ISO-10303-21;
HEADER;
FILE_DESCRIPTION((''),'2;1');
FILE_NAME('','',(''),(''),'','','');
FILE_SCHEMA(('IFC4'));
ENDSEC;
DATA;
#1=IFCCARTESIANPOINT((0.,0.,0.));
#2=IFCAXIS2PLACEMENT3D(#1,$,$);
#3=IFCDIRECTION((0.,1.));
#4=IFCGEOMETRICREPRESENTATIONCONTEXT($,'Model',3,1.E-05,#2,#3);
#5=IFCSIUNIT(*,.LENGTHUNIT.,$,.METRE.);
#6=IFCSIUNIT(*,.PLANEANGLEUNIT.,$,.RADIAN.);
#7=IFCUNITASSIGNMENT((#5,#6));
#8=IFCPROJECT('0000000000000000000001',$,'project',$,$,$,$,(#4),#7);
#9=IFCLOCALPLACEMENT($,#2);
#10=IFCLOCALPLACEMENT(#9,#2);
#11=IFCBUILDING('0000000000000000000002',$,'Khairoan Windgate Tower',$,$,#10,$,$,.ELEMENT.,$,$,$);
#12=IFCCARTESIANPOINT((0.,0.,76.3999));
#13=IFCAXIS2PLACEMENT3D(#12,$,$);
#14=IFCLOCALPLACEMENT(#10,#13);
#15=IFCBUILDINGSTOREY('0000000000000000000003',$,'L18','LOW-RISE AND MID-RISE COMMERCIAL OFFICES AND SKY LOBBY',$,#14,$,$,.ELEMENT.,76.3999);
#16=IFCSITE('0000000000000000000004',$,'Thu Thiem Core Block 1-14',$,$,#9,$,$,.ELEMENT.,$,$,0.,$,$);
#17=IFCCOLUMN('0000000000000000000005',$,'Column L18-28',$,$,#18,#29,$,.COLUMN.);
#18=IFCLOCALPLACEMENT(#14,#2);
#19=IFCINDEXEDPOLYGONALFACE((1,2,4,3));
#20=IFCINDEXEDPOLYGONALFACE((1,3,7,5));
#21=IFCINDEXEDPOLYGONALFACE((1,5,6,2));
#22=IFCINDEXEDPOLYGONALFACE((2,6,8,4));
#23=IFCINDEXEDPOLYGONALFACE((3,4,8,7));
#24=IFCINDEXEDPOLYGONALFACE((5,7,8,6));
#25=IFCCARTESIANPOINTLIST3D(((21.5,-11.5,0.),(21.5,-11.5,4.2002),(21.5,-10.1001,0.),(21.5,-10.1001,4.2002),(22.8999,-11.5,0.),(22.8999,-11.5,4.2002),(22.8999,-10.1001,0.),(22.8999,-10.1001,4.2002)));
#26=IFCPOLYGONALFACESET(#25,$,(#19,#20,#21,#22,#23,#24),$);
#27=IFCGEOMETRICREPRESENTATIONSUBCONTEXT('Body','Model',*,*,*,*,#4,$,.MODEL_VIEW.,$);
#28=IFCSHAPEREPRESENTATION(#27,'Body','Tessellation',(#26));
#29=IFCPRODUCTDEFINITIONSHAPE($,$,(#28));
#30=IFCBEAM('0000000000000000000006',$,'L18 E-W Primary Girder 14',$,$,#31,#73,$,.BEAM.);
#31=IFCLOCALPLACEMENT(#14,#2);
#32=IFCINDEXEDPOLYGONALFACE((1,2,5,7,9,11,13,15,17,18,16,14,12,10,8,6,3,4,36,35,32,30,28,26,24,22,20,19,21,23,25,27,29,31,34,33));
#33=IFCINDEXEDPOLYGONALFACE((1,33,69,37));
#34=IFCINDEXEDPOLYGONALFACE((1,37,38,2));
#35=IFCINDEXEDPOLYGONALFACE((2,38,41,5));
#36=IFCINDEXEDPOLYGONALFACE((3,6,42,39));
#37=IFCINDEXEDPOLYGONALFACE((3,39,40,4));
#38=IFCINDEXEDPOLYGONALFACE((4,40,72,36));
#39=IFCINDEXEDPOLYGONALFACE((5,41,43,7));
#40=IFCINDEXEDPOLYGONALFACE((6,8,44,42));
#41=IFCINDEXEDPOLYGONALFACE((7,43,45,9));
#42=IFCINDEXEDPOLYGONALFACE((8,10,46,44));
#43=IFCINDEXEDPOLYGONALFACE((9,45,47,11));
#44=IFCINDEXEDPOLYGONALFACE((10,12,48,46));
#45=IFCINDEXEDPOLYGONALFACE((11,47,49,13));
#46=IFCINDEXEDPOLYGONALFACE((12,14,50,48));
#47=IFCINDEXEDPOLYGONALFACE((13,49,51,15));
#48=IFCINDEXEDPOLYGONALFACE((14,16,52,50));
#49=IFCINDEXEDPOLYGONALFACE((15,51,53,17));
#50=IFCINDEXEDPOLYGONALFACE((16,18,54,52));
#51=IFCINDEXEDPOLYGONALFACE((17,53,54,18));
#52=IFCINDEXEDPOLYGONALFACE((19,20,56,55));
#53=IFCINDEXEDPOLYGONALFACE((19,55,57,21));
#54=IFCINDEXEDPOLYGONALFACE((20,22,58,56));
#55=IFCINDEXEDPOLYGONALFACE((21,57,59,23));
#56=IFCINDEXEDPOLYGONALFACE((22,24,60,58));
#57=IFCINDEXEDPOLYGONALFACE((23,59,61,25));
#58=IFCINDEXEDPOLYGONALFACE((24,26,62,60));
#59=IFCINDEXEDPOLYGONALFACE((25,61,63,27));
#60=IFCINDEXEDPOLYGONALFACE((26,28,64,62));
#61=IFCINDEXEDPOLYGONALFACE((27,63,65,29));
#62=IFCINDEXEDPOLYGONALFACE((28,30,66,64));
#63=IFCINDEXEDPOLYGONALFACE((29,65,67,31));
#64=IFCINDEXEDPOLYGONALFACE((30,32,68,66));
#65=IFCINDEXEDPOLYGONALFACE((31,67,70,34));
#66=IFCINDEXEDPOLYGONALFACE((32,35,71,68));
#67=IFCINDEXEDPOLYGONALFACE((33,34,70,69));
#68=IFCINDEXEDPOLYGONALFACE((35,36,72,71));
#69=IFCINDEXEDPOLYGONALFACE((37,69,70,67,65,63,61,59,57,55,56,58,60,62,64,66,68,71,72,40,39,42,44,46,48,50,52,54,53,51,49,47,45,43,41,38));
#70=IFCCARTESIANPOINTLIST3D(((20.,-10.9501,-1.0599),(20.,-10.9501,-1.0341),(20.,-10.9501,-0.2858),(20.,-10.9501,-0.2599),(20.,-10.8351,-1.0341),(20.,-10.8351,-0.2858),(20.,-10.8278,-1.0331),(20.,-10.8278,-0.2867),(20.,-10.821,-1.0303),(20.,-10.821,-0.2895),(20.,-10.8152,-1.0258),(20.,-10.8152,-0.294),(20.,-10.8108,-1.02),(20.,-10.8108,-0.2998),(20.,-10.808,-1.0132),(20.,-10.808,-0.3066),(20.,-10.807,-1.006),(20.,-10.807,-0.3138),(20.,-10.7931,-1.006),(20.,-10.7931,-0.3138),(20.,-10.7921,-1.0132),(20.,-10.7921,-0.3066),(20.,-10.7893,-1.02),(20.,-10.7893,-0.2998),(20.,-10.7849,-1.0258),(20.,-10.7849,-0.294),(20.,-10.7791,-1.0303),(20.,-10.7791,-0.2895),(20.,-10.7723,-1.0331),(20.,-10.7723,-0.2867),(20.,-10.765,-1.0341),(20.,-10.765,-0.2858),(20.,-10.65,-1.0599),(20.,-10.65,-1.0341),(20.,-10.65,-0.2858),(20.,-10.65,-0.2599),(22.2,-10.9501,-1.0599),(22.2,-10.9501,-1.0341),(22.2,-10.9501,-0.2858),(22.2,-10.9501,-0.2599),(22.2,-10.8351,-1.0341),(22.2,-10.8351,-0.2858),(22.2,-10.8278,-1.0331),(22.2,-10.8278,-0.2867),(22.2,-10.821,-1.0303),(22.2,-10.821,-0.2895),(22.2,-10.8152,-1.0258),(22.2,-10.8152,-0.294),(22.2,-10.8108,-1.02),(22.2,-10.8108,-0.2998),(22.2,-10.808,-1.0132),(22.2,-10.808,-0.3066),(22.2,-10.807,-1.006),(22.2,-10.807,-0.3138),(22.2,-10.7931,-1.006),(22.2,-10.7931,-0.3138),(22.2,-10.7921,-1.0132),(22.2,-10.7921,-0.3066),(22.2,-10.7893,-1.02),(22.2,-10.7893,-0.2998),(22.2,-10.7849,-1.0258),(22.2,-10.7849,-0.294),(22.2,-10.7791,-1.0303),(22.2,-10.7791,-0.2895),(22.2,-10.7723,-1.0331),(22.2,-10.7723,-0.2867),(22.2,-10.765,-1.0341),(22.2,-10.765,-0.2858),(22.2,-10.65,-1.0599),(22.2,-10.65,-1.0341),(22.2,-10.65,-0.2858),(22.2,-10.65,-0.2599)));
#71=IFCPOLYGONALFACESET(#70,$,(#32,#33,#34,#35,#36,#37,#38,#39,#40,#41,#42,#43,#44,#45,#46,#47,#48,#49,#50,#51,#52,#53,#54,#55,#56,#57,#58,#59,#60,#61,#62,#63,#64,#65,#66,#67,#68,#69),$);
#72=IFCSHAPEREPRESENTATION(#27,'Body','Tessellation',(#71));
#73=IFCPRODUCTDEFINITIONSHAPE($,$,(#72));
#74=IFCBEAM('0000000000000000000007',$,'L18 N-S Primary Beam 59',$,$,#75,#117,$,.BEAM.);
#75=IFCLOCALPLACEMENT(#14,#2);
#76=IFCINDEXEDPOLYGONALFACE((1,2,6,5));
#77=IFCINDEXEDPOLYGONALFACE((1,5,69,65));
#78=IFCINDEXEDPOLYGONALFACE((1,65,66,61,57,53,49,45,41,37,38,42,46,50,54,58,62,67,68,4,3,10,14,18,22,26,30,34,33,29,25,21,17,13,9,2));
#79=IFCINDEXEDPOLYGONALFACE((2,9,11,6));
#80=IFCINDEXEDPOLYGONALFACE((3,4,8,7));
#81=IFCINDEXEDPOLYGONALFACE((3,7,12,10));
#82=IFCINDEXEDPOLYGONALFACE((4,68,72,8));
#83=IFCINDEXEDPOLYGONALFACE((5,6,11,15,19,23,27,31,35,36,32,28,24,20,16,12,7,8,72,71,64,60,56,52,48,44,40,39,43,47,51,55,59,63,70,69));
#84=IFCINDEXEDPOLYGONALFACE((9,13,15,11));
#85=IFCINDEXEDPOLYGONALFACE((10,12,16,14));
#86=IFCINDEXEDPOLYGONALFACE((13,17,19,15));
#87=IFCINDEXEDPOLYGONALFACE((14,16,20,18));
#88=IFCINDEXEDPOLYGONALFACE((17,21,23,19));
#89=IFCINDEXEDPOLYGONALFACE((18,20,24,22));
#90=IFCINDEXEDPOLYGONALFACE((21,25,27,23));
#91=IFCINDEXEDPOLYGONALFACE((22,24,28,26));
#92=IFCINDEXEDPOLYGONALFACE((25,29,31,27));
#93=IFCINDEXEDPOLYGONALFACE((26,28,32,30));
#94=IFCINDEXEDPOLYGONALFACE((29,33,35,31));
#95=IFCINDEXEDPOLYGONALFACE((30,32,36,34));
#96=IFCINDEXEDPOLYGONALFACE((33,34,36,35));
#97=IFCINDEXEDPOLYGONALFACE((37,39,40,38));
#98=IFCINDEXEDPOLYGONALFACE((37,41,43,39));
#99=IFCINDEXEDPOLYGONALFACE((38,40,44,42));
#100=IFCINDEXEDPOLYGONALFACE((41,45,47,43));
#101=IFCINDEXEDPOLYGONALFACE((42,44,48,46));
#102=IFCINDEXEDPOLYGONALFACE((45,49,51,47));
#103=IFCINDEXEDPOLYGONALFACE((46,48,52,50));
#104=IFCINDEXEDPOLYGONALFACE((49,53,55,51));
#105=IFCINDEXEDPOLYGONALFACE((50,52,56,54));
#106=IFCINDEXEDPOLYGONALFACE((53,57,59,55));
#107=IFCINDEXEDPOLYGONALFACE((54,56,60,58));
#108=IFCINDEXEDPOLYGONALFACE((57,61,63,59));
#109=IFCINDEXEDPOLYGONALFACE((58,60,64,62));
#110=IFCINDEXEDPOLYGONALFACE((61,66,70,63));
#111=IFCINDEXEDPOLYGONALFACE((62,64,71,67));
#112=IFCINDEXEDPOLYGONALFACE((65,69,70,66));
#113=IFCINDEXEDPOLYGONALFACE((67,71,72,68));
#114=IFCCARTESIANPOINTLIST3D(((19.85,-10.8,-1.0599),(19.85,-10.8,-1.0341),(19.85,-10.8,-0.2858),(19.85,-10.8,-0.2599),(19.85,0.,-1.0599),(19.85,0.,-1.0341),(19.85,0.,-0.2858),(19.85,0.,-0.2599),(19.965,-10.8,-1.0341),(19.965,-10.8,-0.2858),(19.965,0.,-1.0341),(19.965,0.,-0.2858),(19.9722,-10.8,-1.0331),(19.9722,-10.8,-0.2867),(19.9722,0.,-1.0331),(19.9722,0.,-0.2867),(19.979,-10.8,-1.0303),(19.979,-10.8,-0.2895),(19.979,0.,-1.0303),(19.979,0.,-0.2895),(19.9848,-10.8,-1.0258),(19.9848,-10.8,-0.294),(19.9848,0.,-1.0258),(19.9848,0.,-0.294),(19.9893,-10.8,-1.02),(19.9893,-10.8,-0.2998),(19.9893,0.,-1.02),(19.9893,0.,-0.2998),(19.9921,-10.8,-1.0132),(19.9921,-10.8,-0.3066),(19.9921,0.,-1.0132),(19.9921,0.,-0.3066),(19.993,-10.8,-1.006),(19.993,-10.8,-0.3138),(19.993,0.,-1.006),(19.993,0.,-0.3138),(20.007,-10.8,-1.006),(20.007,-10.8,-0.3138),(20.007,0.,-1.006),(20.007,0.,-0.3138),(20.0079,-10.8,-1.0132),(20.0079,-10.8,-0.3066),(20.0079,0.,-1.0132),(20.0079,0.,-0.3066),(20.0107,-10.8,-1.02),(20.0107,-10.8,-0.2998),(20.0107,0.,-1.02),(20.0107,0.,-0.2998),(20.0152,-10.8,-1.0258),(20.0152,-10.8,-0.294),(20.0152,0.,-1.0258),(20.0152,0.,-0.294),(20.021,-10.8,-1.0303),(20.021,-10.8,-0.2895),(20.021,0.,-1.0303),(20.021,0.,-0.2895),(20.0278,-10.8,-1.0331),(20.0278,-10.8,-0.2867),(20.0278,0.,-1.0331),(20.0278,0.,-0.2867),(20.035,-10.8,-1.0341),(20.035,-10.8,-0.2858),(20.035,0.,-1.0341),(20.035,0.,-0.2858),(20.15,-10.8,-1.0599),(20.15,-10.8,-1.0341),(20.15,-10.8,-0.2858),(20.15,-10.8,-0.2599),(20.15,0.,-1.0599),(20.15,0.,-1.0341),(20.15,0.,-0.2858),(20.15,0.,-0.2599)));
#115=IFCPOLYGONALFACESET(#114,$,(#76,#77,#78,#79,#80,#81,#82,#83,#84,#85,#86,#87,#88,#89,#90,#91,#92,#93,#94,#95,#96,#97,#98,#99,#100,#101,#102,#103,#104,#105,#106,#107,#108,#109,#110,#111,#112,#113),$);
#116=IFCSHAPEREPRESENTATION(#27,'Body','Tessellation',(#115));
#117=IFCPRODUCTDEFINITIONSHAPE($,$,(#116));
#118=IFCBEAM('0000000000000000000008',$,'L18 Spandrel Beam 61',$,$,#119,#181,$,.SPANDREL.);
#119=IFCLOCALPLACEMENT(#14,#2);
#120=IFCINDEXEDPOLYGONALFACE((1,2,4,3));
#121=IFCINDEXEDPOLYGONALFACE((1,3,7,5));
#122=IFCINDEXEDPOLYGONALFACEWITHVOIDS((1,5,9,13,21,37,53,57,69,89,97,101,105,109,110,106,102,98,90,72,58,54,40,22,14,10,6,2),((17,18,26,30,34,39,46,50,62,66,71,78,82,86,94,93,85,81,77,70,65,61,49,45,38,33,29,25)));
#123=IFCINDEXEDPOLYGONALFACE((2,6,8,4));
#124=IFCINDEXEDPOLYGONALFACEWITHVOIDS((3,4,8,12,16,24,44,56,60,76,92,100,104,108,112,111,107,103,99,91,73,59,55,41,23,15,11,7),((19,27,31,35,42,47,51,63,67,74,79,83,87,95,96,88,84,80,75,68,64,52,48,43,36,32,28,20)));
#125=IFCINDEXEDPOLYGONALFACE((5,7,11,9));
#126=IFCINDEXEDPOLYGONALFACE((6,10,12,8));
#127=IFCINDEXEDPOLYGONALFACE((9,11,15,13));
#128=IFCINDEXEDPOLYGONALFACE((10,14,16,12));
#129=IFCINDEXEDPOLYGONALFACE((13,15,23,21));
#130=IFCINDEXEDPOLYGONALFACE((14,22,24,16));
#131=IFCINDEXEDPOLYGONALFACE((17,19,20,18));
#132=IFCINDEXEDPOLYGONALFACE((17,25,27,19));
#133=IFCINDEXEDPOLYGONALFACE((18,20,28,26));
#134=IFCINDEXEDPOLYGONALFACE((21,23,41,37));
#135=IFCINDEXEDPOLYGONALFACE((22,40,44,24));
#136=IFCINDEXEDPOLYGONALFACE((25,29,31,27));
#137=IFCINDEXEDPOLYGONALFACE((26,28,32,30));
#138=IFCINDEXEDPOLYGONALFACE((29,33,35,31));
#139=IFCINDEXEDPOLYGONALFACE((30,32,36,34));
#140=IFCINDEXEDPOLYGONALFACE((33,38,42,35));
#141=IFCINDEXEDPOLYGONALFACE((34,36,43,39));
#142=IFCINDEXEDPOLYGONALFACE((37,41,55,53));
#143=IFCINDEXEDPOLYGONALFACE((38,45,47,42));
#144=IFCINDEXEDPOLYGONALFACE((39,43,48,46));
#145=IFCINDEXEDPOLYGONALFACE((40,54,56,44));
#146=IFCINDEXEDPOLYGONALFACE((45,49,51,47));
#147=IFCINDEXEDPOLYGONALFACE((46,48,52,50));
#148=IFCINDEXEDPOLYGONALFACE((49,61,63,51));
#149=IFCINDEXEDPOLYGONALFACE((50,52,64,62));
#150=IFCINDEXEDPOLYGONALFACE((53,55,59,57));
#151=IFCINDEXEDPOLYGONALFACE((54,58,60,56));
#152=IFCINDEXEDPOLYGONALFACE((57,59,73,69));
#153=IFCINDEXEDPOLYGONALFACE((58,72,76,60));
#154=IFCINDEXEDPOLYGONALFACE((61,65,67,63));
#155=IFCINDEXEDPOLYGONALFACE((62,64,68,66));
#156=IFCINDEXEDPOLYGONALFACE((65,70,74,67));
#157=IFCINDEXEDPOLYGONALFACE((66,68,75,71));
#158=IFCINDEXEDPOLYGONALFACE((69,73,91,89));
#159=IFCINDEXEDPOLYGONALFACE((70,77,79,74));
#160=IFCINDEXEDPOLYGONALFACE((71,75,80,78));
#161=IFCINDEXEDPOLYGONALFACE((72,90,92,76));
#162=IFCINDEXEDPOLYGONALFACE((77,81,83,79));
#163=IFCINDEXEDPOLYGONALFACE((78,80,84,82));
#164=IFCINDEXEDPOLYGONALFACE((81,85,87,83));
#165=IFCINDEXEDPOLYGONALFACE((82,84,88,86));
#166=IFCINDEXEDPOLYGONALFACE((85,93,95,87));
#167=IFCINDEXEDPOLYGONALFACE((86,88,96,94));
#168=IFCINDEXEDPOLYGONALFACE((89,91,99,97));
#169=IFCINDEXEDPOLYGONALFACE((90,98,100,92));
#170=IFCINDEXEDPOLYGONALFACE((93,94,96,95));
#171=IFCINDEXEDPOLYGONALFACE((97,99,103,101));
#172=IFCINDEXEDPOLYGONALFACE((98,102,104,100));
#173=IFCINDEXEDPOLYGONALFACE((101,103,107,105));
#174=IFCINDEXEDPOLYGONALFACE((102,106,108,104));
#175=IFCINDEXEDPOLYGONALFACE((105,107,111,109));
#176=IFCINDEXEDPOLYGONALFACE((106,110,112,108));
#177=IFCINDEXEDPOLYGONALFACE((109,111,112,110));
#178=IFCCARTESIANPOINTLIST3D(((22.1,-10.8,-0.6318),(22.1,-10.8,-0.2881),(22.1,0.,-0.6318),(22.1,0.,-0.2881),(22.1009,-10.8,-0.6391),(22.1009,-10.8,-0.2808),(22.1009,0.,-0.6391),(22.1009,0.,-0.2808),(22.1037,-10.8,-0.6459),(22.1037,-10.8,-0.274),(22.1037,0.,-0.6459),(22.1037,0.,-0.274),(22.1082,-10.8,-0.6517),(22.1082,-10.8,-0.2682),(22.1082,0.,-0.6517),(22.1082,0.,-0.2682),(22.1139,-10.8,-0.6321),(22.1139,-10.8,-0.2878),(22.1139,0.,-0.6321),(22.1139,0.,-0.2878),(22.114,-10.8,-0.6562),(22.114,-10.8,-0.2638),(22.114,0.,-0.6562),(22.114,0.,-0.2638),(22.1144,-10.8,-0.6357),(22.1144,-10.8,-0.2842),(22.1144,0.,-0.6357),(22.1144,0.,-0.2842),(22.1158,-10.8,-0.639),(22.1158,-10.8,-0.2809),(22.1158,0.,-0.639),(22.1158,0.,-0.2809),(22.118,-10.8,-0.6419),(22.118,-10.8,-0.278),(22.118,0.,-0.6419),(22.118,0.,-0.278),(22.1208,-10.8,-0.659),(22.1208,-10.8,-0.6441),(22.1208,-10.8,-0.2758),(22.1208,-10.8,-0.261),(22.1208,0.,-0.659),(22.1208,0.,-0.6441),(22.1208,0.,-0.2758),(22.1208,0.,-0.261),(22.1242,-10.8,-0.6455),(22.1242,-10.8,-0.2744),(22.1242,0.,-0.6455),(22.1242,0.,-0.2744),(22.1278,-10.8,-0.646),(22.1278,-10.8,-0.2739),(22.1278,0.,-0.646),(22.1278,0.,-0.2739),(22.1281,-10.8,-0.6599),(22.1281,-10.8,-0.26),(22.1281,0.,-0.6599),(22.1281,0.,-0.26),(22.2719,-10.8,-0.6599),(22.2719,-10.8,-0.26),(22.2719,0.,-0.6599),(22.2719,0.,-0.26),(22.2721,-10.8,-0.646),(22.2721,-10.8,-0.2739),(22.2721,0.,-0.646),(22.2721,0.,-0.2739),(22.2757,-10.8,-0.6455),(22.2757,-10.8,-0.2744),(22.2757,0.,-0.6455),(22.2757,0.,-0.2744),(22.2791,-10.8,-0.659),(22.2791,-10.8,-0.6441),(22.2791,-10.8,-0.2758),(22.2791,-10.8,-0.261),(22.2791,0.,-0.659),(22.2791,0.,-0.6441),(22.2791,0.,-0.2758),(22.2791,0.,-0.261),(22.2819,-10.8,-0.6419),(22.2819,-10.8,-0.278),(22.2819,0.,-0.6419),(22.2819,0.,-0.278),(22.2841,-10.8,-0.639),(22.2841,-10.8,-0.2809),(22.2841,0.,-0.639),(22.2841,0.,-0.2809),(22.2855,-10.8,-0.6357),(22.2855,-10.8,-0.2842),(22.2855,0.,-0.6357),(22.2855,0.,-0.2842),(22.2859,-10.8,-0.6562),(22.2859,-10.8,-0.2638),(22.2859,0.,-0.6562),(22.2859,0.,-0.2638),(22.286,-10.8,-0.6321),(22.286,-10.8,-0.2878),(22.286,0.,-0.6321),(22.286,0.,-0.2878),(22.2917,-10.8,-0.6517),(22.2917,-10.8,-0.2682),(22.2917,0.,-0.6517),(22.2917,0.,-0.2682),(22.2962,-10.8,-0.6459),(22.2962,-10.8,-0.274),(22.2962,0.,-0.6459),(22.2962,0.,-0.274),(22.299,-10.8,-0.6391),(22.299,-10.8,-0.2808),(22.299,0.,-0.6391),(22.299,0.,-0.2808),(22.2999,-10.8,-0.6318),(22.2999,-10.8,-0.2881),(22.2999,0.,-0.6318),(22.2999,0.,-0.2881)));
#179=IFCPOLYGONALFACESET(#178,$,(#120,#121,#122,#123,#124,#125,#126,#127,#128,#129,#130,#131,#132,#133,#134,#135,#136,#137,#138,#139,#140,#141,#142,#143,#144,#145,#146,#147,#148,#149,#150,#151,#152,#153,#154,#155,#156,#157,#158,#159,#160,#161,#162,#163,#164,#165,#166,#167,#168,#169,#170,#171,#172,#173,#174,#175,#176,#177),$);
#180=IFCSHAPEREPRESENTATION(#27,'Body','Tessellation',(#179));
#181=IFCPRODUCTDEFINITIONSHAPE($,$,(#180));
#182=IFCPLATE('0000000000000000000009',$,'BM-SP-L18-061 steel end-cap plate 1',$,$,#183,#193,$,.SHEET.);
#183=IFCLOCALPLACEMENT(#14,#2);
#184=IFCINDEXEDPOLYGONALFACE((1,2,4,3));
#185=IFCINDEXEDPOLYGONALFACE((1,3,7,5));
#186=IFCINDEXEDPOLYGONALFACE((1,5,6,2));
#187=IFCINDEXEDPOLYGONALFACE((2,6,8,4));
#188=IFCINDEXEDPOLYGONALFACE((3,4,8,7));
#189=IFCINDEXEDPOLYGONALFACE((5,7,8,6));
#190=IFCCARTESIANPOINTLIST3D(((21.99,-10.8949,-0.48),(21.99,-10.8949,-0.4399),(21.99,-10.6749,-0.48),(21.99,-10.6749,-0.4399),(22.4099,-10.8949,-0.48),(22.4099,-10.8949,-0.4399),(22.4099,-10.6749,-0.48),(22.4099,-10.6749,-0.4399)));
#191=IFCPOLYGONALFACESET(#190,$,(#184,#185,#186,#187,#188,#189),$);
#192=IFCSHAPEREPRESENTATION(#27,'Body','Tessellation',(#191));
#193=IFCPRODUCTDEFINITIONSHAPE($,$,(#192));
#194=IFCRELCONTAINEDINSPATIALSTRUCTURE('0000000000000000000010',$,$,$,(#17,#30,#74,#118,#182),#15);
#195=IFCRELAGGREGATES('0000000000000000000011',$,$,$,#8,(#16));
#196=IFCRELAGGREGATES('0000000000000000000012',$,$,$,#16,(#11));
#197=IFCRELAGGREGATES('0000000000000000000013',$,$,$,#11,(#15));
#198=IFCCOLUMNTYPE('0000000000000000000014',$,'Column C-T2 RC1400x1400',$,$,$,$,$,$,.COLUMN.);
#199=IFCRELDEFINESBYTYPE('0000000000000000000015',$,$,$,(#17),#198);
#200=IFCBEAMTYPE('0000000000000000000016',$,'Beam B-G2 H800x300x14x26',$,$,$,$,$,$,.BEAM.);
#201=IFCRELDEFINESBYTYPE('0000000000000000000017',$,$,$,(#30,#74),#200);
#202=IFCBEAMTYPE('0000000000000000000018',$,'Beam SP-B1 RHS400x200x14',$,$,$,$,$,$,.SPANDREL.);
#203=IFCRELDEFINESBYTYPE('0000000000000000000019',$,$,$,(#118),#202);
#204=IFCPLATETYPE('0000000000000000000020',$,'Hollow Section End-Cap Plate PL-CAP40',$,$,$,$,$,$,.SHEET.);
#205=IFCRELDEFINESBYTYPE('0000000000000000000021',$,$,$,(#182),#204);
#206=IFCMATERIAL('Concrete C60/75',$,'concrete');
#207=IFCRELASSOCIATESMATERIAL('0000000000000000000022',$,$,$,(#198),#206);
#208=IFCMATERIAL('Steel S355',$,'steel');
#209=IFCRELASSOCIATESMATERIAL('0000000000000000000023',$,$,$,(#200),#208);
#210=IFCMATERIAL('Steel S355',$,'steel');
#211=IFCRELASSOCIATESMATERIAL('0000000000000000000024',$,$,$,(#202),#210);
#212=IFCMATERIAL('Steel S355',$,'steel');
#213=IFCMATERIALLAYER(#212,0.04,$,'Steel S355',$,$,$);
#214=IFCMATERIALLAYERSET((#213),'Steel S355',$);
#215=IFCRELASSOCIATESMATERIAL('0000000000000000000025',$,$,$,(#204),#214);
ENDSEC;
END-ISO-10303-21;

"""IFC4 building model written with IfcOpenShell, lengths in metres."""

from ifc_helpers import new_model, si_unit, direction, frame, origin, origin_2d, place, context, subcontext, project, spatial, rectangle, hollow_rectangle, i_section, extrude, material, layer, layer_set, material_profile, profile_set, type_object, element, save


model = new_model("IFC4")

# Units and contexts
model_context = context("Model", 3, precision=1e-05, world=origin(), true_north=direction((0.0, 1.0)))
body_context = subcontext(model_context, "Body", "Model", "MODEL_VIEW")
ifc_project = project(units=[si_unit("LENGTHUNIT", "METRE"), si_unit("PLANEANGLEUNIT", "RADIAN")], contexts=[model_context])

# Site, building, storey
site_placement = place(None, origin())
site = spatial("IfcSite", under=ifc_project, at=site_placement, Name="Thu Thiem Core Block 1-14", CompositionType="ELEMENT", RefElevation=0.0)
building_placement = place(site_placement, origin())
building = spatial("IfcBuilding", under=site, at=building_placement, Name="Khairoan Windgate Tower", CompositionType="ELEMENT")
storey_placement = place(building_placement, frame((0.0, 0.0, 76.3999)))
storey = spatial("IfcBuildingStorey", under=building, at=storey_placement, Name="L18", Description="LOW-RISE AND MID-RISE COMMERCIAL OFFICES AND SKY LOBBY", CompositionType="ELEMENT", Elevation=76.3999)

# Column
ifc_material_1 = material(Name="Concrete C60/75", Category="concrete")
ifc_material_profile_1 = material_profile(ifc_material_1, rectangle(XDim=1.3999, YDim=1.3999, at=origin_2d()))
ifc_profile_set_1 = profile_set([ifc_material_profile_1], Name="Concrete C60/75")
column_type = type_object("IfcColumnType", Name="Column C-T2 RC1400x1400", PredefinedType="COLUMN", material=ifc_profile_set_1)
column_placement = place(storey_placement, frame((22.2, -10.8, 0.0), z_axis=(0.0, 0.0, 1.0), x_axis=(1.0, 0.0, 0.0)))
element("IfcColumn", 1, at=column_placement, inside=storey, type_object=column_type, Name="Column L18-28", PredefinedType="COLUMN", context=body_context, shape_type="SweptSolid", body=[
    extrude(rectangle(XDim=1.3999, YDim=1.3999, at=origin_2d()), origin(), (0.0, 0.0, 1.0), 4.2002),
])

# Beams
ifc_material_2 = material(Name="Steel S355", Category="steel")
ifc_material_profile_2 = material_profile(ifc_material_2, i_section(OverallWidth=0.3, OverallDepth=0.8, WebThickness=0.0139, FlangeThickness=0.0259, FilletRadius=0.0281, at=origin_2d()))
ifc_profile_set_2 = profile_set([ifc_material_profile_2], Name="Steel S355")
beam_type_1 = type_object("IfcBeamType", Name="Beam B-G2 H800x300x14x26", PredefinedType="BEAM", material=ifc_profile_set_2)
beam_1_placement = place(storey_placement, frame((20.0, -10.8, -0.6599), z_axis=(1.0, 0.0, 0.0), x_axis=(0.0, 1.0, 0.0)))
element("IfcBeam", 2, at=beam_1_placement, inside=storey, type_object=beam_type_1, Name="L18 E-W Primary Girder 14", PredefinedType="BEAM", context=body_context, shape_type="SweptSolid", body=[
    extrude(i_section(OverallWidth=0.3, OverallDepth=0.8, WebThickness=0.0139, FlangeThickness=0.0259, FilletRadius=0.0281, at=origin_2d()), origin(), (0.0, 0.0, 1.0), 2.2),
])
beam_2_placement = place(storey_placement, frame((20.0, -10.8, -0.6599), z_axis=(0.0, 1.0, 0.0), x_axis=(-1.0, 0.0, 0.0)))
element("IfcBeam", 3, at=beam_2_placement, inside=storey, type_object=beam_type_1, Name="L18 N-S Primary Beam 59", PredefinedType="BEAM", context=body_context, shape_type="SweptSolid", body=[
    extrude(i_section(OverallWidth=0.3, OverallDepth=0.8, WebThickness=0.0139, FlangeThickness=0.0259, FilletRadius=0.0281, at=origin_2d()), origin(), (0.0, 0.0, 1.0), 10.8),
])
ifc_material_3 = material(Name="Steel S355", Category="steel")
ifc_material_profile_3 = material_profile(ifc_material_3, hollow_rectangle(XDim=0.2, YDim=0.3999, WallThickness=0.0139, InnerFilletRadius=0.0139, OuterFilletRadius=0.0281, at=origin_2d()))
ifc_profile_set_3 = profile_set([ifc_material_profile_3], Name="Steel S355")
beam_type_2 = type_object("IfcBeamType", Name="Beam SP-B1 RHS400x200x14", PredefinedType="SPANDREL", material=ifc_profile_set_3)
beam_3_placement = place(storey_placement, frame((22.2, -10.8, -0.46), z_axis=(0.0, 1.0, 0.0), x_axis=(-1.0, 0.0, 0.0)))
element("IfcBeam", 4, at=beam_3_placement, inside=storey, type_object=beam_type_2, Name="L18 Spandrel Beam 61", PredefinedType="SPANDREL", context=body_context, shape_type="SweptSolid", body=[
    extrude(hollow_rectangle(XDim=0.2, YDim=0.3999, WallThickness=0.0139, InnerFilletRadius=0.0139, OuterFilletRadius=0.0281, at=origin_2d()), origin(), (0.0, 0.0, 1.0), 10.8),
])

# Plate
ifc_material_4 = material(Name="Steel S355", Category="steel")
ifc_layer_1 = layer(ifc_material_4, 0.04, Name="Steel S355")
ifc_layer_set_1 = layer_set([ifc_layer_1], Name="Steel S355")
plate_type = type_object("IfcPlateType", Name="Hollow Section End-Cap Plate PL-CAP40", PredefinedType="SHEET", material=ifc_layer_set_1)
for number, where, z_axis, x_axis, name in (
    (5, (22.2, -10.7849, -0.48), (0.0, 0.0, 1.0), (0.0, 1.0, 0.0), "BM-SP-L18-061 steel end-cap plate 1"),
):
    element("IfcPlate", number, at=place(storey_placement, frame(where, z_axis=z_axis, x_axis=x_axis)), inside=storey, type_object=plate_type, Name=name, PredefinedType="SHEET", context=body_context, shape_type="SweptSolid", body=[
        extrude(rectangle(XDim=0.22, YDim=0.4199, at=origin_2d()), origin(), (0.0, 0.0, 1.0), 0.04),
    ])

save(model, "model.ifc")
